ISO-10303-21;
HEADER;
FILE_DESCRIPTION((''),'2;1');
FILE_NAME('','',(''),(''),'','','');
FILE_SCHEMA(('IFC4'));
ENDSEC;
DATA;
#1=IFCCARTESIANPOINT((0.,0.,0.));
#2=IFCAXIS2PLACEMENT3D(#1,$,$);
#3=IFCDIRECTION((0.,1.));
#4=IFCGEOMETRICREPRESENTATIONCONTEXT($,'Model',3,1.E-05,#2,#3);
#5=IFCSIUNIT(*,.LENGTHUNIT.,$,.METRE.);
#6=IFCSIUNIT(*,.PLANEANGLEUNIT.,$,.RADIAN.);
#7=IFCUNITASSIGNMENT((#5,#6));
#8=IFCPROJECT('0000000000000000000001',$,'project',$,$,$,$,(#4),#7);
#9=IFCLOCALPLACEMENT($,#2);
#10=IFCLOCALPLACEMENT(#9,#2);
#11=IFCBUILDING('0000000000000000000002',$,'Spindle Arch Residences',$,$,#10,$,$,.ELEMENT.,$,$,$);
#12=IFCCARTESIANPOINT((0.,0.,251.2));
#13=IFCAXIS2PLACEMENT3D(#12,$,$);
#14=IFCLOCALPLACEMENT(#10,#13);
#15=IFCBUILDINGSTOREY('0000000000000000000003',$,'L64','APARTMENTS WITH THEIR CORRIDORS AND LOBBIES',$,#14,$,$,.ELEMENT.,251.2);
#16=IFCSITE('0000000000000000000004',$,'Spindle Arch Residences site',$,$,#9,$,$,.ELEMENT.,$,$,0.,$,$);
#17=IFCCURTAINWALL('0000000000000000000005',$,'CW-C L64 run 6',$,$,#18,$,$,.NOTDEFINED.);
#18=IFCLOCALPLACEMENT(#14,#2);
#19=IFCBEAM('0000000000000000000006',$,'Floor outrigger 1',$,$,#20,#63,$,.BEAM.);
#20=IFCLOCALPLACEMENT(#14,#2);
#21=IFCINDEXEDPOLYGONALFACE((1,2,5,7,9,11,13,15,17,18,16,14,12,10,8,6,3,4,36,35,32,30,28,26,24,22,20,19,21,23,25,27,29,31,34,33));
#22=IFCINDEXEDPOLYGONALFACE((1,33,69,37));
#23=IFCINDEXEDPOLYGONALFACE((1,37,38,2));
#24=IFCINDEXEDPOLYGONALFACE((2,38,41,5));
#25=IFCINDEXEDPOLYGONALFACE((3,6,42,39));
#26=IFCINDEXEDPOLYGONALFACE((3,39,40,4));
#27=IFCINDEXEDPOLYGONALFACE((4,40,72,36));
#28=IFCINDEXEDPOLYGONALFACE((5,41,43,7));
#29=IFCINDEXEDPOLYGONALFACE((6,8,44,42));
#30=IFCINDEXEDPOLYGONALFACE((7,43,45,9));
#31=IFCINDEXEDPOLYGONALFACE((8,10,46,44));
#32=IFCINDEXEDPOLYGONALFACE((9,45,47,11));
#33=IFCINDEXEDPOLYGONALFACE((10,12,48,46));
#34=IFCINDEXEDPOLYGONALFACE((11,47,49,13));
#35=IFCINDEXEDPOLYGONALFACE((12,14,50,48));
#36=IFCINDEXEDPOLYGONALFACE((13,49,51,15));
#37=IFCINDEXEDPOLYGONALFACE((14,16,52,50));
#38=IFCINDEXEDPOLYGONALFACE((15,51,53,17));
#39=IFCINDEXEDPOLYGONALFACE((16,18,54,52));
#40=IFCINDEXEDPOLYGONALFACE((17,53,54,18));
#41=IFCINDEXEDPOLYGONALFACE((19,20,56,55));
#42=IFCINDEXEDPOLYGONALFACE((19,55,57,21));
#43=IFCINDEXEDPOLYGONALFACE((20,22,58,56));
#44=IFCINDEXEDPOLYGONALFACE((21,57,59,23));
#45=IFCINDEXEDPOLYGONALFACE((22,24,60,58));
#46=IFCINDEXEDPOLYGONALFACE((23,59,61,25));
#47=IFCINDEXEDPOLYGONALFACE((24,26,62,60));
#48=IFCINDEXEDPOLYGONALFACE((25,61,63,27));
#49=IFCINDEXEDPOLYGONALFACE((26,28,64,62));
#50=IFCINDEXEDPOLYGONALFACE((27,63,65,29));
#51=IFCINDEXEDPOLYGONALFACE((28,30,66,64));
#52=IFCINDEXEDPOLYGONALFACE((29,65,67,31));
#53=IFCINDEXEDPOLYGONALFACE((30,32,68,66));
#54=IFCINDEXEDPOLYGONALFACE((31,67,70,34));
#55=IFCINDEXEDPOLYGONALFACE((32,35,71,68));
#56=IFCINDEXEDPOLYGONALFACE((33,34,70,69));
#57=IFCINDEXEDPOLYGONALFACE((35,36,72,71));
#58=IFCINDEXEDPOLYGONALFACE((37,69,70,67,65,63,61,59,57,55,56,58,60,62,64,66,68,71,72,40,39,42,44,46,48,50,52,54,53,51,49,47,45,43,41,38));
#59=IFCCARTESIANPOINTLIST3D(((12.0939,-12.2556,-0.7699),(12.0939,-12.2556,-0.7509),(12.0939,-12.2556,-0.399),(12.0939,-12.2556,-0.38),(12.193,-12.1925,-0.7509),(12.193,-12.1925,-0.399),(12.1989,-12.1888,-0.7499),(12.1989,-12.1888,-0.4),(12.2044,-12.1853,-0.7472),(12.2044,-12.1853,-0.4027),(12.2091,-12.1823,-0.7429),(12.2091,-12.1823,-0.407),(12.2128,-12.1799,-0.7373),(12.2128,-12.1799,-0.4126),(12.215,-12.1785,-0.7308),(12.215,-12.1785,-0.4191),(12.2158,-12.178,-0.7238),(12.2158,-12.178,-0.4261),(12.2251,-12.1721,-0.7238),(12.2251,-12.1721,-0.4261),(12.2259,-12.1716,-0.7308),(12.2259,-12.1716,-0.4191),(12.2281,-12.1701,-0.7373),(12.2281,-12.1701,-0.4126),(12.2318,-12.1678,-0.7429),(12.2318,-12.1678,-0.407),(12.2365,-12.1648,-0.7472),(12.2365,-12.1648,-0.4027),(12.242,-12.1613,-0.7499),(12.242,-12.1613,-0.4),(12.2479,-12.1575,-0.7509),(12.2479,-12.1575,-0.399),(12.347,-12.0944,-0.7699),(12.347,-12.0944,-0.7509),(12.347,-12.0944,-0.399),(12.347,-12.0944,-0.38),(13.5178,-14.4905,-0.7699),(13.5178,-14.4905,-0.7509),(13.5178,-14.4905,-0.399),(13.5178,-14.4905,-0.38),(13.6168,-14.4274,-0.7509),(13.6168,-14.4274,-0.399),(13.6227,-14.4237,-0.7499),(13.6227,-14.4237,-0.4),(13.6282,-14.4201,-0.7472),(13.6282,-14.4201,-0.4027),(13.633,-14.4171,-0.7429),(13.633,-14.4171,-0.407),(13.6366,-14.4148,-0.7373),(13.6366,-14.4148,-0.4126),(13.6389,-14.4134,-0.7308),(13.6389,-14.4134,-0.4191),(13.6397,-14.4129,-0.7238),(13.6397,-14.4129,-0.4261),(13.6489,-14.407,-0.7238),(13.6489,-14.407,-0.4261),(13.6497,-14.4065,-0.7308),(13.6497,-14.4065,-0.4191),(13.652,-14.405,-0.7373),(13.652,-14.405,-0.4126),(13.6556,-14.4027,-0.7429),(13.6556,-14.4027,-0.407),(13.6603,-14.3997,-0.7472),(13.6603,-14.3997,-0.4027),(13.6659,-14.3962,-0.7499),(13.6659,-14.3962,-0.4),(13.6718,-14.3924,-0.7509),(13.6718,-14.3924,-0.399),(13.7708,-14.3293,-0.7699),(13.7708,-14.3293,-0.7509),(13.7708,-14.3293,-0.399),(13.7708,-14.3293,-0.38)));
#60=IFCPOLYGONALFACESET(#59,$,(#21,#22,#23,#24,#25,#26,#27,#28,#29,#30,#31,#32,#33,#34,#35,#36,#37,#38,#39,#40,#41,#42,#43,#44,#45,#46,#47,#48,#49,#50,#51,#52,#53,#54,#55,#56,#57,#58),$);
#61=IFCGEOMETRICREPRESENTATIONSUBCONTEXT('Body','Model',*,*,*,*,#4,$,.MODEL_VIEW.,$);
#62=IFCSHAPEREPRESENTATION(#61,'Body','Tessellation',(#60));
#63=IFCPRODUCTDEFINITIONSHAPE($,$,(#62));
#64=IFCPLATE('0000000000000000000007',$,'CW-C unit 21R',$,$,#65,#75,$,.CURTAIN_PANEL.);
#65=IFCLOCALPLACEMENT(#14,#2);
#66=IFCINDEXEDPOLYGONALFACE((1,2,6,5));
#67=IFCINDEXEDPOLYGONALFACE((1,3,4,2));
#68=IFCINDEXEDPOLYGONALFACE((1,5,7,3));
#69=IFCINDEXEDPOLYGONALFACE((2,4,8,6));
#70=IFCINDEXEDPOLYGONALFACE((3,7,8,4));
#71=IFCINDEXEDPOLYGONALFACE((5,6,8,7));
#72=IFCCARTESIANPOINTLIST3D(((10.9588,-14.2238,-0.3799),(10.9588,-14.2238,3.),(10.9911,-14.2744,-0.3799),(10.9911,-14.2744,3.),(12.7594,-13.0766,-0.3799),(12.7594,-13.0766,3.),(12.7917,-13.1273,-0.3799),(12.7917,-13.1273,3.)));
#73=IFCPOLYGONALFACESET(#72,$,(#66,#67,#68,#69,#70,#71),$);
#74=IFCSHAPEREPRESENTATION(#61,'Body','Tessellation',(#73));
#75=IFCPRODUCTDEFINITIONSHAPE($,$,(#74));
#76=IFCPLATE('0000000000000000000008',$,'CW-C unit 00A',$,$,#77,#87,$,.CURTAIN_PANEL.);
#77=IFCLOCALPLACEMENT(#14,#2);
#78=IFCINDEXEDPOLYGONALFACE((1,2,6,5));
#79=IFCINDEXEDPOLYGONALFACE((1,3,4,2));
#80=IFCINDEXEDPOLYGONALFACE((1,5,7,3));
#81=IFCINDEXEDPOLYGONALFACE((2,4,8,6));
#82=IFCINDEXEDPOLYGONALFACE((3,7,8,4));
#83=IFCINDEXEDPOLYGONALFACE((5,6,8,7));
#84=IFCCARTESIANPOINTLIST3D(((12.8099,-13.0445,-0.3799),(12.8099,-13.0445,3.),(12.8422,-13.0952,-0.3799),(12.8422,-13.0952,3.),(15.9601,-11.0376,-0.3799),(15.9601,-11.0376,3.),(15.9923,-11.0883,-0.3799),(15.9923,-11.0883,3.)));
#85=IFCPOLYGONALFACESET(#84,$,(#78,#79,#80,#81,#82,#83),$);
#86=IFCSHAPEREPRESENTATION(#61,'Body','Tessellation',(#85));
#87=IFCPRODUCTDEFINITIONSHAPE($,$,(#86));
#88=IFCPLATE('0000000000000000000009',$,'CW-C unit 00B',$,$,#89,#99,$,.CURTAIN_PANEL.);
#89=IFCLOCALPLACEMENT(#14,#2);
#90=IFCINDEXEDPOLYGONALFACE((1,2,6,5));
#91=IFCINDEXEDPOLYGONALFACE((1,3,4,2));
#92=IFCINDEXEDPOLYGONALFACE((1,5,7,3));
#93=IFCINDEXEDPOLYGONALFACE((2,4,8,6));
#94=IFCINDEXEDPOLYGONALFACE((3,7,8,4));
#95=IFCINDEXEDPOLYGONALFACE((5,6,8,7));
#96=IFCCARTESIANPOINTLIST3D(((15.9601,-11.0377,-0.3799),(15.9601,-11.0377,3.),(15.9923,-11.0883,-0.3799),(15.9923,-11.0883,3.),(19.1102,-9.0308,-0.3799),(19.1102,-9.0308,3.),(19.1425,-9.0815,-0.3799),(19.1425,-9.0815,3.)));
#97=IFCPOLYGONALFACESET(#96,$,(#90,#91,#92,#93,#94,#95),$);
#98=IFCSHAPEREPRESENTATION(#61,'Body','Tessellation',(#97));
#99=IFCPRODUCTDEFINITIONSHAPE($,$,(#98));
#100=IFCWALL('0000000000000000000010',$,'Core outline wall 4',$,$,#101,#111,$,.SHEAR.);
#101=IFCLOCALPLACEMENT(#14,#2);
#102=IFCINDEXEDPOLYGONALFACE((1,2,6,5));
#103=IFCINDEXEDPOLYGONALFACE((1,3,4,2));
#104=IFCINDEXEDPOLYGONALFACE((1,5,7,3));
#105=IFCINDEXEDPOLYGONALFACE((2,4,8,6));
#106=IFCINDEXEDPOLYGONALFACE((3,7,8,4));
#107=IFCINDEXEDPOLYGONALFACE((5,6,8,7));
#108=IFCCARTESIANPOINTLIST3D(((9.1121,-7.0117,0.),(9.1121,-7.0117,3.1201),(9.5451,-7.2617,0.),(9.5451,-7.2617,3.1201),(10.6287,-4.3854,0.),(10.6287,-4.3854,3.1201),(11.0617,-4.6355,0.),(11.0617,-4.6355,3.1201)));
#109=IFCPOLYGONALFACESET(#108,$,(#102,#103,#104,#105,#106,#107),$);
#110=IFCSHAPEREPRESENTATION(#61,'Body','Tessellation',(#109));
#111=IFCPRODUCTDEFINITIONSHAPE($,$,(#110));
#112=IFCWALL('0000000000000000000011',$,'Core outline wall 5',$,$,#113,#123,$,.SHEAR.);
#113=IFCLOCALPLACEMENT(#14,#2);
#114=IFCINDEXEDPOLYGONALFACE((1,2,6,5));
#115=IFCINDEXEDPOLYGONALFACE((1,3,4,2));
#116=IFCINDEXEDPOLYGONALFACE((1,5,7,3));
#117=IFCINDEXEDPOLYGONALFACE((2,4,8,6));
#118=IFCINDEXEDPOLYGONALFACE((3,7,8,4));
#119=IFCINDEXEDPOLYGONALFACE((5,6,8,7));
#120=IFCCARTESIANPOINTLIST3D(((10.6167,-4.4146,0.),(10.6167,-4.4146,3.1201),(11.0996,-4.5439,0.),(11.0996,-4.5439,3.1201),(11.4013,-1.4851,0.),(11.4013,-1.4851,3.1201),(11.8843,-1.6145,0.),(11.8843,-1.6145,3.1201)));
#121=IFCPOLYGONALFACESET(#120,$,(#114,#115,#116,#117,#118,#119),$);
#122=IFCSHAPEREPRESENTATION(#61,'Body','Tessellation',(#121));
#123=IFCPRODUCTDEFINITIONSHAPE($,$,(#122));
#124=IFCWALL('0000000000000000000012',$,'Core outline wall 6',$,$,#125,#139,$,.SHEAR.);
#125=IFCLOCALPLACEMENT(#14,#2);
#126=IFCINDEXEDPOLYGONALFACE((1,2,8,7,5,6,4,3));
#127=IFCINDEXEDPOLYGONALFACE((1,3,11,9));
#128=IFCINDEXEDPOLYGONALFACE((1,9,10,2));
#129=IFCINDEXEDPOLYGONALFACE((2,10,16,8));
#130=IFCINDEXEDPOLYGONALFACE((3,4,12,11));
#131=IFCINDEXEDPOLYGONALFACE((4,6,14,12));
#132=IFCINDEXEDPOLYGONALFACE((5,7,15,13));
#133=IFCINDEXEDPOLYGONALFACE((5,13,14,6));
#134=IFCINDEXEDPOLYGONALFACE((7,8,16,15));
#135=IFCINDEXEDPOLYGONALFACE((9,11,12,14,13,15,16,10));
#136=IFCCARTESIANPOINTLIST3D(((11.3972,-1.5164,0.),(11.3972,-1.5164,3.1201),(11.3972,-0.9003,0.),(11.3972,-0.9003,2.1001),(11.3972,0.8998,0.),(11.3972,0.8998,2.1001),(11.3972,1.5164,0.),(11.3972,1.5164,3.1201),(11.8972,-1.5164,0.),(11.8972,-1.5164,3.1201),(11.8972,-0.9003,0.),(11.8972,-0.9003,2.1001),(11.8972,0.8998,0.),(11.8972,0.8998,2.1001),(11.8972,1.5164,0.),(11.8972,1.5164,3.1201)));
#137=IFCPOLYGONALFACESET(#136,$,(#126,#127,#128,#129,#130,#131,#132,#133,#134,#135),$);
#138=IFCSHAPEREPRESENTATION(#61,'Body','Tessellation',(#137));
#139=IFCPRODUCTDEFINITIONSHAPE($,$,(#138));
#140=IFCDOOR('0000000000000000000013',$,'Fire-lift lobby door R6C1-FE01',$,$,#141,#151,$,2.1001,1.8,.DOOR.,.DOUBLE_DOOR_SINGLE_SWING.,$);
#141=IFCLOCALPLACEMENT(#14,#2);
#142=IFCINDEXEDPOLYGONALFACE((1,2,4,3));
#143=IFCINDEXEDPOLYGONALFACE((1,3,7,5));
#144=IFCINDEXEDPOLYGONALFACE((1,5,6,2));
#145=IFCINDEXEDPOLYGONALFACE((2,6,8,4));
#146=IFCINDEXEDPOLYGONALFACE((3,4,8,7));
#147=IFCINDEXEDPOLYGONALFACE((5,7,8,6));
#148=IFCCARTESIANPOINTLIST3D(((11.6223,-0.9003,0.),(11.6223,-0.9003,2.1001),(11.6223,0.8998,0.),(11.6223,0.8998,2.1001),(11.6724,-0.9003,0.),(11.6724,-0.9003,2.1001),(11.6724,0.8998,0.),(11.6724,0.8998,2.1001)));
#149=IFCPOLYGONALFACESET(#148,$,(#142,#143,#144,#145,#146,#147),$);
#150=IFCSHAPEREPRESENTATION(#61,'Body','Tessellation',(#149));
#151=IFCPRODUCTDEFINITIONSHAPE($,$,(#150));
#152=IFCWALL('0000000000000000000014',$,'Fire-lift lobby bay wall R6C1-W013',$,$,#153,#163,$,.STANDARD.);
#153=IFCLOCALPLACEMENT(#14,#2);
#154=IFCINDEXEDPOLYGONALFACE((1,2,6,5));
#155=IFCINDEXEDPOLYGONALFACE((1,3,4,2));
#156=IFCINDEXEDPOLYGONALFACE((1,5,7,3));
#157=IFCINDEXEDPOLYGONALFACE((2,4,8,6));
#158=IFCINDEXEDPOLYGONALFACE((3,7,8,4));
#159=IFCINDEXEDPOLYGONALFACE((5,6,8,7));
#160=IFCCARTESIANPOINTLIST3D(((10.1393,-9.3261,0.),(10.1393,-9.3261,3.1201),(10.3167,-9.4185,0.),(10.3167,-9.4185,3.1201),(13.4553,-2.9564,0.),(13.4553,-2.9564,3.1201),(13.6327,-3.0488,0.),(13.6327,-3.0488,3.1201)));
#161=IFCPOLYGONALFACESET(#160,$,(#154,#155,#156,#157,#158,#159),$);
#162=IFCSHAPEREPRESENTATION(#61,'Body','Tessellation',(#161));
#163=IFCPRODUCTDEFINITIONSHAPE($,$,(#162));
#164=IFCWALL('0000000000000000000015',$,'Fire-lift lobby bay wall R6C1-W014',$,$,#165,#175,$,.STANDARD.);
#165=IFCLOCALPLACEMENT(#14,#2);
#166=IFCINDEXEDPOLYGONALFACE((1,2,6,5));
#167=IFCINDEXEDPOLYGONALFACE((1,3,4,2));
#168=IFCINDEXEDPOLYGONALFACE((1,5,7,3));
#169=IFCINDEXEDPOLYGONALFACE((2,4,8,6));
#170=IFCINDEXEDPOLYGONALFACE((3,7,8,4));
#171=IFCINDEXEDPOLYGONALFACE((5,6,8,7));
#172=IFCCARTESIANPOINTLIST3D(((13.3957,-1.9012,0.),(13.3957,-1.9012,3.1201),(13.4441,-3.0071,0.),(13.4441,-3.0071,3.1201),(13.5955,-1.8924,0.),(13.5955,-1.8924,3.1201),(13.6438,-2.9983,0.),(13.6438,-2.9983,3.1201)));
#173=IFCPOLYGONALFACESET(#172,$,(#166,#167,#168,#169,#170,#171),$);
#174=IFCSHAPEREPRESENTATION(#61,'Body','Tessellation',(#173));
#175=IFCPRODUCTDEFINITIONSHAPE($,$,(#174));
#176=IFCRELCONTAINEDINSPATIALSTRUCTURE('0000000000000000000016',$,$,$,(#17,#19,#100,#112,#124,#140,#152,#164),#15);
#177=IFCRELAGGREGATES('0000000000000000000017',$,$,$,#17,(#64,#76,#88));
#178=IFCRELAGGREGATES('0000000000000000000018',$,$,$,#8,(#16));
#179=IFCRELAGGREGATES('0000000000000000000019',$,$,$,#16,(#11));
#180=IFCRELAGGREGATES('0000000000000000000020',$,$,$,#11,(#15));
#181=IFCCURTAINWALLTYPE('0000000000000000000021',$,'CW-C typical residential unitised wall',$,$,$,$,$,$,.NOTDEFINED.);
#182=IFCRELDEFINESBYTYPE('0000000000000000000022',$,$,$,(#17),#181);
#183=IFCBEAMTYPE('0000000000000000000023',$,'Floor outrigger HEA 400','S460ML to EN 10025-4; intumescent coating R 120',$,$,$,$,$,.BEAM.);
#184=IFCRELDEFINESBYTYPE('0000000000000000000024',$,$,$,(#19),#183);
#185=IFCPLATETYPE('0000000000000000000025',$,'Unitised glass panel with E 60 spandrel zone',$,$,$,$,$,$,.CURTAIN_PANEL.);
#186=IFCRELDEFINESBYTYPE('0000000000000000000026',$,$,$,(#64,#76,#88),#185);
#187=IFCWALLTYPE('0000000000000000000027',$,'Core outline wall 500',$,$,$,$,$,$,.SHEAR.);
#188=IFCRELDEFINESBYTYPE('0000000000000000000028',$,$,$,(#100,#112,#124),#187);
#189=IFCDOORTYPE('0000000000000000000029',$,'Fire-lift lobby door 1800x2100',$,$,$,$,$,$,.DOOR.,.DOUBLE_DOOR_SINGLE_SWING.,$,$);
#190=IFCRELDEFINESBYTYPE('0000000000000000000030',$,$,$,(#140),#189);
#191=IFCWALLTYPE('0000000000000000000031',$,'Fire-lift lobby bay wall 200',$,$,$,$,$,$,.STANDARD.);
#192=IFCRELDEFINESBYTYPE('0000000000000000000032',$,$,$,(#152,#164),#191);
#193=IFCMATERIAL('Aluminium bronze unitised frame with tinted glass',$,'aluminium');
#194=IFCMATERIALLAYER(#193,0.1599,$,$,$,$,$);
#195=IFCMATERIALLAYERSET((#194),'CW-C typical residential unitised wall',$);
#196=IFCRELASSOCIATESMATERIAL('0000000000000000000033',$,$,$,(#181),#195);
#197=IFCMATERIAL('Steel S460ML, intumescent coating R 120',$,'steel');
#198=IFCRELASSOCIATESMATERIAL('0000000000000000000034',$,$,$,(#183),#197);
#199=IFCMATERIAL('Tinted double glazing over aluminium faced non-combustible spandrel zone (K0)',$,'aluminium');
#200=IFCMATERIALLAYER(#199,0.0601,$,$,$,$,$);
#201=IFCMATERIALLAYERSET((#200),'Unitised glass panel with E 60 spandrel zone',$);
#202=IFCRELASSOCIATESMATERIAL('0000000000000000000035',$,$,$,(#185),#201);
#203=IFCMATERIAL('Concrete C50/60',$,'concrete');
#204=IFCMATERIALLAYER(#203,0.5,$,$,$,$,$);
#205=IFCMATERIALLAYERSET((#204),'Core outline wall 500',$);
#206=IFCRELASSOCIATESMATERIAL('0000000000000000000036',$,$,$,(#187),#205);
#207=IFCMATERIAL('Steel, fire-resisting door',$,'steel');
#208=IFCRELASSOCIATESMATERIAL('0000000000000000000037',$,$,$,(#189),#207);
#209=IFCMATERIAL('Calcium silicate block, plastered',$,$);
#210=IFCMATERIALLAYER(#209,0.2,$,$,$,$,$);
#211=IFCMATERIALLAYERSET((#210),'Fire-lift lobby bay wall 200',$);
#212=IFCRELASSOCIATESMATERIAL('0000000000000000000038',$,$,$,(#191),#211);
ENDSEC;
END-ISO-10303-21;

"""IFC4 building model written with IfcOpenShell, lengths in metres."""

from ifc_helpers import new_model, si_unit, direction, frame, frame_2d, origin, origin_2d, place, context, subcontext, project, spatial, rectangle, i_section, extrude, material, layer, layer_set, material_profile, profile_set, type_object, element, fill, aggregate, save


model = new_model("IFC4")

# Units and contexts
model_context = context("Model", 3, precision=1e-05, world=origin(), true_north=direction((0.0, 1.0)))
body_context = subcontext(model_context, "Body", "Model", "MODEL_VIEW")
ifc_project = project(units=[si_unit("LENGTHUNIT", "METRE"), si_unit("PLANEANGLEUNIT", "RADIAN")], contexts=[model_context])

# Site, building, storey
site_placement = place(None, origin())
site = spatial("IfcSite", under=ifc_project, at=site_placement, Name="Spindle Arch Residences site", CompositionType="ELEMENT", RefElevation=0.0)
building_placement = place(site_placement, origin())
building = spatial("IfcBuilding", under=site, at=building_placement, Name="Spindle Arch Residences", CompositionType="ELEMENT")
storey_placement = place(building_placement, frame((0.0, 0.0, 251.2)))
storey = spatial("IfcBuildingStorey", under=building, at=storey_placement, Name="L64", Description="APARTMENTS WITH THEIR CORRIDORS AND LOBBIES", CompositionType="ELEMENT", Elevation=251.2)

# Curtain wall
ifc_material_1 = material(Name="Aluminium bronze unitised frame with tinted glass", Category="aluminium")
ifc_layer_1 = layer(ifc_material_1, 0.1599)
ifc_layer_set_1 = layer_set([ifc_layer_1], Name="CW-C typical residential unitised wall")
curtain_wall_type = type_object("IfcCurtainWallType", Name="CW-C typical residential unitised wall", PredefinedType="NOTDEFINED", material=ifc_layer_set_1)
curtain_wall_placement = place(storey_placement, origin())
curtain_wall = element("IfcCurtainWall", 1, at=curtain_wall_placement, inside=storey, type_object=curtain_wall_type, Name="CW-C L64 run 6", PredefinedType="NOTDEFINED")

# Beam
ifc_material_2 = material(Name="Steel S460ML, intumescent coating R 120", Category="steel")
ifc_material_profile_1 = material_profile(ifc_material_2, i_section(OverallWidth=0.3, OverallDepth=0.3899, WebThickness=0.011, FlangeThickness=0.019, FilletRadius=0.0271, at=origin_2d()), Name="HEA 400")
ifc_profile_set_1 = profile_set([ifc_material_profile_1], Name="Steel S460ML, intumescent coating R 120")
beam_type_1 = type_object("IfcBeamType", Name="Floor outrigger HEA 400", Description="S460ML to EN 10025-4; intumescent coating R 120", PredefinedType="BEAM", material=ifc_profile_set_1)
beam_1_placement = place(storey_placement, frame((13.6443, -14.4099, -0.575), z_axis=(-0.537317, 0.843381, 0.0), x_axis=(-0.843381, -0.537317, 0.0)))
element("IfcBeam", 2, at=beam_1_placement, inside=storey, type_object=beam_type_1, Name="Floor outrigger 1", PredefinedType="BEAM", context=body_context, shape_type="SweptSolid", body=[
    extrude(i_section(OverallWidth=0.3, OverallDepth=0.3899, WebThickness=0.011, FlangeThickness=0.019, FilletRadius=0.0271, at=origin_2d()), origin(), (0.0, 0.0, 1.0), 2.6499),
])

# Plates
ifc_material_3 = material(Name="Tinted double glazing over aluminium faced non-combustible spandrel zone (K0)", Category="aluminium")
ifc_layer_2 = layer(ifc_material_3, 0.0601)
ifc_layer_set_2 = layer_set([ifc_layer_2], Name="Unitised glass panel with E 60 spandrel zone")
plate_type = type_object("IfcPlateType", Name="Unitised glass panel with E 60 spandrel zone", PredefinedType="CURTAIN_PANEL", material=ifc_layer_set_2)
plate_1_placement = place(storey_placement, frame((11.8752, -13.6755, -0.3799), z_axis=(0.0, 0.0, 1.0), x_axis=(0.843391, 0.5373, 0.0)))
plate_1 = element("IfcPlate", 3, at=plate_1_placement, type_object=plate_type, Name="CW-C unit 21R", PredefinedType="CURTAIN_PANEL", context=body_context, shape_type="SweptSolid", body=[
    extrude(rectangle(XDim=2.135, YDim=0.0601, at=origin_2d()), origin(), (0.0, 0.0, 1.0), 3.3799),
])
plate_2_placement = place(storey_placement, frame((14.4011, -12.0664, -0.3799), z_axis=(0.0, 0.0, 1.0), x_axis=(0.843391, 0.5373, 0.0)))
plate_2 = element("IfcPlate", 4, at=plate_2_placement, type_object=plate_type, Name="CW-C unit 00A", PredefinedType="CURTAIN_PANEL", context=body_context, shape_type="SweptSolid", body=[
    extrude(rectangle(XDim=3.7351, YDim=0.0601, at=origin_2d()), origin(), (0.0, 0.0, 1.0), 3.3799),
])
plate_3_placement = place(storey_placement, frame((17.5513, -10.0596, -0.3799), z_axis=(0.0, 0.0, 1.0), x_axis=(0.843391, 0.5373, 0.0)))
plate_3 = element("IfcPlate", 5, at=plate_3_placement, type_object=plate_type, Name="CW-C unit 00B", PredefinedType="CURTAIN_PANEL", context=body_context, shape_type="SweptSolid", body=[
    extrude(rectangle(XDim=3.7351, YDim=0.0601, at=origin_2d()), origin(), (0.0, 0.0, 1.0), 3.3799),
])
aggregate(curtain_wall, [plate_1, plate_2, plate_3])

# Walls
ifc_material_4 = material(Name="Concrete C50/60", Category="concrete")
ifc_layer_3 = layer(ifc_material_4, 0.5)
ifc_layer_set_3 = layer_set([ifc_layer_3], Name="Core outline wall 500")
wall_type_1 = type_object("IfcWallType", Name="Core outline wall 500", PredefinedType="SHEAR", material=ifc_layer_set_3)
for number, where, z_axis, x_axis, name in (
    (6, (9.3286, -7.1367, 0.0), (0.0, 0.0, 1.0), (0.500087, 0.865975, 0.0), "Core outline wall 4"),
    (7, (10.8582, -4.4792, 0.0), (0.0, 0.0, 1.0), (0.258735, 0.965948, 0.0), "Core outline wall 5"),
):
    element("IfcWall", number, at=place(storey_placement, frame(where, z_axis=z_axis, x_axis=x_axis)), inside=storey, type_object=wall_type_1, Name=name, PredefinedType="SHEAR", context=body_context, shape_type="SweptSolid", body=[
        extrude(rectangle(XDim=3.0327, YDim=0.5, at=frame_2d((1.5164, 0.0))), origin(), (0.0, 0.0, 1.0), 3.1201),
    ])

# Wall, opening, door
wall_1_placement = place(storey_placement, frame((11.6472, -1.5164, 0.0), z_axis=(0.0, 0.0, 1.0), x_axis=(0.0, 1.0, 0.0)))
wall_1 = element("IfcWall", 8, at=wall_1_placement, inside=storey, type_object=wall_type_1, Name="Core outline wall 6", PredefinedType="SHEAR", context=body_context, shape_type="SweptSolid", body=[
    extrude(rectangle(XDim=3.0327, YDim=0.5, at=frame_2d((1.5164, 0.0))), origin(), (0.0, 0.0, 1.0), 3.1201),
])
opening_1_placement = place(wall_1_placement, frame((0.6162, 0.0, 0.0)))
opening_1 = element("IfcOpeningElement", 9, at=opening_1_placement, cuts=wall_1, PredefinedType="OPENING", context=body_context, shape_type="SweptSolid", body=[
    extrude(rectangle(XDim=1.8, YDim=2.1001, at=frame_2d((0.8999, 1.05))), frame((0.0, 0.26, 0.0), z_axis=(0.0, -1.0, 0.0), x_axis=(1.0, 0.0, 0.0)), (0.0, 0.0, 1.0), 0.52),
])
ifc_material_5 = material(Name="Steel, fire-resisting door", Category="steel")
door_type_1 = type_object("IfcDoorType", Name="Fire-lift lobby door 1800x2100", OperationType="DOUBLE_DOOR_SINGLE_SWING", PredefinedType="DOOR", material=ifc_material_5)
door_1_placement = place(opening_1_placement, origin())
door_1 = element("IfcDoor", 10, at=door_1_placement, inside=storey, type_object=door_type_1, Name="Fire-lift lobby door R6C1-FE01", OperationType="DOUBLE_DOOR_SINGLE_SWING", OverallHeight=2.1001, OverallWidth=1.8, PredefinedType="DOOR", context=body_context, shape_type="SweptSolid", body=[
    extrude(rectangle(XDim=1.8, YDim=2.1001, at=frame_2d((0.8999, 1.05))), frame((0.0, 0.0249, 0.0), z_axis=(0.0, -1.0, 0.0), x_axis=(1.0, 0.0, 0.0)), (0.0, 0.0, 1.0), 0.05),
])
fill(opening_1, door_1)

# Walls
ifc_material_6 = material(Name="Calcium silicate block, plastered")
ifc_layer_4 = layer(ifc_material_6, 0.2)
ifc_layer_set_4 = layer_set([ifc_layer_4], Name="Fire-lift lobby bay wall 200")
wall_type_2 = type_object("IfcWallType", Name="Fire-lift lobby bay wall 200", PredefinedType="STANDARD", material=ifc_layer_set_4)
wall_2_placement = place(storey_placement, frame((10.228, -9.3723, 0.0), z_axis=(0.0, 0.0, 1.0), x_axis=(0.461759, 0.887005, 0.0)))
element("IfcWall", 11, at=wall_2_placement, inside=storey, type_object=wall_type_2, Name="Fire-lift lobby bay wall R6C1-W013", PredefinedType="STANDARD", context=body_context, shape_type="SweptSolid", body=[
    extrude(rectangle(XDim=7.1812, YDim=0.2, at=frame_2d((3.5906, 0.0))), origin(), (0.0, 0.0, 1.0), 3.1201),
])
wall_3_placement = place(storey_placement, frame((13.5439, -3.0027, 0.0), z_axis=(0.0, 0.0, 1.0), x_axis=(-0.043667, 0.999046, 0.0)))
element("IfcWall", 12, at=wall_3_placement, inside=storey, type_object=wall_type_2, Name="Fire-lift lobby bay wall R6C1-W014", PredefinedType="STANDARD", context=body_context, shape_type="SweptSolid", body=[
    extrude(rectangle(XDim=1.1069, YDim=0.2, at=frame_2d((0.5535, 0.0))), origin(), (0.0, 0.0, 1.0), 3.1201),
])

save(model, "model.ifc")
